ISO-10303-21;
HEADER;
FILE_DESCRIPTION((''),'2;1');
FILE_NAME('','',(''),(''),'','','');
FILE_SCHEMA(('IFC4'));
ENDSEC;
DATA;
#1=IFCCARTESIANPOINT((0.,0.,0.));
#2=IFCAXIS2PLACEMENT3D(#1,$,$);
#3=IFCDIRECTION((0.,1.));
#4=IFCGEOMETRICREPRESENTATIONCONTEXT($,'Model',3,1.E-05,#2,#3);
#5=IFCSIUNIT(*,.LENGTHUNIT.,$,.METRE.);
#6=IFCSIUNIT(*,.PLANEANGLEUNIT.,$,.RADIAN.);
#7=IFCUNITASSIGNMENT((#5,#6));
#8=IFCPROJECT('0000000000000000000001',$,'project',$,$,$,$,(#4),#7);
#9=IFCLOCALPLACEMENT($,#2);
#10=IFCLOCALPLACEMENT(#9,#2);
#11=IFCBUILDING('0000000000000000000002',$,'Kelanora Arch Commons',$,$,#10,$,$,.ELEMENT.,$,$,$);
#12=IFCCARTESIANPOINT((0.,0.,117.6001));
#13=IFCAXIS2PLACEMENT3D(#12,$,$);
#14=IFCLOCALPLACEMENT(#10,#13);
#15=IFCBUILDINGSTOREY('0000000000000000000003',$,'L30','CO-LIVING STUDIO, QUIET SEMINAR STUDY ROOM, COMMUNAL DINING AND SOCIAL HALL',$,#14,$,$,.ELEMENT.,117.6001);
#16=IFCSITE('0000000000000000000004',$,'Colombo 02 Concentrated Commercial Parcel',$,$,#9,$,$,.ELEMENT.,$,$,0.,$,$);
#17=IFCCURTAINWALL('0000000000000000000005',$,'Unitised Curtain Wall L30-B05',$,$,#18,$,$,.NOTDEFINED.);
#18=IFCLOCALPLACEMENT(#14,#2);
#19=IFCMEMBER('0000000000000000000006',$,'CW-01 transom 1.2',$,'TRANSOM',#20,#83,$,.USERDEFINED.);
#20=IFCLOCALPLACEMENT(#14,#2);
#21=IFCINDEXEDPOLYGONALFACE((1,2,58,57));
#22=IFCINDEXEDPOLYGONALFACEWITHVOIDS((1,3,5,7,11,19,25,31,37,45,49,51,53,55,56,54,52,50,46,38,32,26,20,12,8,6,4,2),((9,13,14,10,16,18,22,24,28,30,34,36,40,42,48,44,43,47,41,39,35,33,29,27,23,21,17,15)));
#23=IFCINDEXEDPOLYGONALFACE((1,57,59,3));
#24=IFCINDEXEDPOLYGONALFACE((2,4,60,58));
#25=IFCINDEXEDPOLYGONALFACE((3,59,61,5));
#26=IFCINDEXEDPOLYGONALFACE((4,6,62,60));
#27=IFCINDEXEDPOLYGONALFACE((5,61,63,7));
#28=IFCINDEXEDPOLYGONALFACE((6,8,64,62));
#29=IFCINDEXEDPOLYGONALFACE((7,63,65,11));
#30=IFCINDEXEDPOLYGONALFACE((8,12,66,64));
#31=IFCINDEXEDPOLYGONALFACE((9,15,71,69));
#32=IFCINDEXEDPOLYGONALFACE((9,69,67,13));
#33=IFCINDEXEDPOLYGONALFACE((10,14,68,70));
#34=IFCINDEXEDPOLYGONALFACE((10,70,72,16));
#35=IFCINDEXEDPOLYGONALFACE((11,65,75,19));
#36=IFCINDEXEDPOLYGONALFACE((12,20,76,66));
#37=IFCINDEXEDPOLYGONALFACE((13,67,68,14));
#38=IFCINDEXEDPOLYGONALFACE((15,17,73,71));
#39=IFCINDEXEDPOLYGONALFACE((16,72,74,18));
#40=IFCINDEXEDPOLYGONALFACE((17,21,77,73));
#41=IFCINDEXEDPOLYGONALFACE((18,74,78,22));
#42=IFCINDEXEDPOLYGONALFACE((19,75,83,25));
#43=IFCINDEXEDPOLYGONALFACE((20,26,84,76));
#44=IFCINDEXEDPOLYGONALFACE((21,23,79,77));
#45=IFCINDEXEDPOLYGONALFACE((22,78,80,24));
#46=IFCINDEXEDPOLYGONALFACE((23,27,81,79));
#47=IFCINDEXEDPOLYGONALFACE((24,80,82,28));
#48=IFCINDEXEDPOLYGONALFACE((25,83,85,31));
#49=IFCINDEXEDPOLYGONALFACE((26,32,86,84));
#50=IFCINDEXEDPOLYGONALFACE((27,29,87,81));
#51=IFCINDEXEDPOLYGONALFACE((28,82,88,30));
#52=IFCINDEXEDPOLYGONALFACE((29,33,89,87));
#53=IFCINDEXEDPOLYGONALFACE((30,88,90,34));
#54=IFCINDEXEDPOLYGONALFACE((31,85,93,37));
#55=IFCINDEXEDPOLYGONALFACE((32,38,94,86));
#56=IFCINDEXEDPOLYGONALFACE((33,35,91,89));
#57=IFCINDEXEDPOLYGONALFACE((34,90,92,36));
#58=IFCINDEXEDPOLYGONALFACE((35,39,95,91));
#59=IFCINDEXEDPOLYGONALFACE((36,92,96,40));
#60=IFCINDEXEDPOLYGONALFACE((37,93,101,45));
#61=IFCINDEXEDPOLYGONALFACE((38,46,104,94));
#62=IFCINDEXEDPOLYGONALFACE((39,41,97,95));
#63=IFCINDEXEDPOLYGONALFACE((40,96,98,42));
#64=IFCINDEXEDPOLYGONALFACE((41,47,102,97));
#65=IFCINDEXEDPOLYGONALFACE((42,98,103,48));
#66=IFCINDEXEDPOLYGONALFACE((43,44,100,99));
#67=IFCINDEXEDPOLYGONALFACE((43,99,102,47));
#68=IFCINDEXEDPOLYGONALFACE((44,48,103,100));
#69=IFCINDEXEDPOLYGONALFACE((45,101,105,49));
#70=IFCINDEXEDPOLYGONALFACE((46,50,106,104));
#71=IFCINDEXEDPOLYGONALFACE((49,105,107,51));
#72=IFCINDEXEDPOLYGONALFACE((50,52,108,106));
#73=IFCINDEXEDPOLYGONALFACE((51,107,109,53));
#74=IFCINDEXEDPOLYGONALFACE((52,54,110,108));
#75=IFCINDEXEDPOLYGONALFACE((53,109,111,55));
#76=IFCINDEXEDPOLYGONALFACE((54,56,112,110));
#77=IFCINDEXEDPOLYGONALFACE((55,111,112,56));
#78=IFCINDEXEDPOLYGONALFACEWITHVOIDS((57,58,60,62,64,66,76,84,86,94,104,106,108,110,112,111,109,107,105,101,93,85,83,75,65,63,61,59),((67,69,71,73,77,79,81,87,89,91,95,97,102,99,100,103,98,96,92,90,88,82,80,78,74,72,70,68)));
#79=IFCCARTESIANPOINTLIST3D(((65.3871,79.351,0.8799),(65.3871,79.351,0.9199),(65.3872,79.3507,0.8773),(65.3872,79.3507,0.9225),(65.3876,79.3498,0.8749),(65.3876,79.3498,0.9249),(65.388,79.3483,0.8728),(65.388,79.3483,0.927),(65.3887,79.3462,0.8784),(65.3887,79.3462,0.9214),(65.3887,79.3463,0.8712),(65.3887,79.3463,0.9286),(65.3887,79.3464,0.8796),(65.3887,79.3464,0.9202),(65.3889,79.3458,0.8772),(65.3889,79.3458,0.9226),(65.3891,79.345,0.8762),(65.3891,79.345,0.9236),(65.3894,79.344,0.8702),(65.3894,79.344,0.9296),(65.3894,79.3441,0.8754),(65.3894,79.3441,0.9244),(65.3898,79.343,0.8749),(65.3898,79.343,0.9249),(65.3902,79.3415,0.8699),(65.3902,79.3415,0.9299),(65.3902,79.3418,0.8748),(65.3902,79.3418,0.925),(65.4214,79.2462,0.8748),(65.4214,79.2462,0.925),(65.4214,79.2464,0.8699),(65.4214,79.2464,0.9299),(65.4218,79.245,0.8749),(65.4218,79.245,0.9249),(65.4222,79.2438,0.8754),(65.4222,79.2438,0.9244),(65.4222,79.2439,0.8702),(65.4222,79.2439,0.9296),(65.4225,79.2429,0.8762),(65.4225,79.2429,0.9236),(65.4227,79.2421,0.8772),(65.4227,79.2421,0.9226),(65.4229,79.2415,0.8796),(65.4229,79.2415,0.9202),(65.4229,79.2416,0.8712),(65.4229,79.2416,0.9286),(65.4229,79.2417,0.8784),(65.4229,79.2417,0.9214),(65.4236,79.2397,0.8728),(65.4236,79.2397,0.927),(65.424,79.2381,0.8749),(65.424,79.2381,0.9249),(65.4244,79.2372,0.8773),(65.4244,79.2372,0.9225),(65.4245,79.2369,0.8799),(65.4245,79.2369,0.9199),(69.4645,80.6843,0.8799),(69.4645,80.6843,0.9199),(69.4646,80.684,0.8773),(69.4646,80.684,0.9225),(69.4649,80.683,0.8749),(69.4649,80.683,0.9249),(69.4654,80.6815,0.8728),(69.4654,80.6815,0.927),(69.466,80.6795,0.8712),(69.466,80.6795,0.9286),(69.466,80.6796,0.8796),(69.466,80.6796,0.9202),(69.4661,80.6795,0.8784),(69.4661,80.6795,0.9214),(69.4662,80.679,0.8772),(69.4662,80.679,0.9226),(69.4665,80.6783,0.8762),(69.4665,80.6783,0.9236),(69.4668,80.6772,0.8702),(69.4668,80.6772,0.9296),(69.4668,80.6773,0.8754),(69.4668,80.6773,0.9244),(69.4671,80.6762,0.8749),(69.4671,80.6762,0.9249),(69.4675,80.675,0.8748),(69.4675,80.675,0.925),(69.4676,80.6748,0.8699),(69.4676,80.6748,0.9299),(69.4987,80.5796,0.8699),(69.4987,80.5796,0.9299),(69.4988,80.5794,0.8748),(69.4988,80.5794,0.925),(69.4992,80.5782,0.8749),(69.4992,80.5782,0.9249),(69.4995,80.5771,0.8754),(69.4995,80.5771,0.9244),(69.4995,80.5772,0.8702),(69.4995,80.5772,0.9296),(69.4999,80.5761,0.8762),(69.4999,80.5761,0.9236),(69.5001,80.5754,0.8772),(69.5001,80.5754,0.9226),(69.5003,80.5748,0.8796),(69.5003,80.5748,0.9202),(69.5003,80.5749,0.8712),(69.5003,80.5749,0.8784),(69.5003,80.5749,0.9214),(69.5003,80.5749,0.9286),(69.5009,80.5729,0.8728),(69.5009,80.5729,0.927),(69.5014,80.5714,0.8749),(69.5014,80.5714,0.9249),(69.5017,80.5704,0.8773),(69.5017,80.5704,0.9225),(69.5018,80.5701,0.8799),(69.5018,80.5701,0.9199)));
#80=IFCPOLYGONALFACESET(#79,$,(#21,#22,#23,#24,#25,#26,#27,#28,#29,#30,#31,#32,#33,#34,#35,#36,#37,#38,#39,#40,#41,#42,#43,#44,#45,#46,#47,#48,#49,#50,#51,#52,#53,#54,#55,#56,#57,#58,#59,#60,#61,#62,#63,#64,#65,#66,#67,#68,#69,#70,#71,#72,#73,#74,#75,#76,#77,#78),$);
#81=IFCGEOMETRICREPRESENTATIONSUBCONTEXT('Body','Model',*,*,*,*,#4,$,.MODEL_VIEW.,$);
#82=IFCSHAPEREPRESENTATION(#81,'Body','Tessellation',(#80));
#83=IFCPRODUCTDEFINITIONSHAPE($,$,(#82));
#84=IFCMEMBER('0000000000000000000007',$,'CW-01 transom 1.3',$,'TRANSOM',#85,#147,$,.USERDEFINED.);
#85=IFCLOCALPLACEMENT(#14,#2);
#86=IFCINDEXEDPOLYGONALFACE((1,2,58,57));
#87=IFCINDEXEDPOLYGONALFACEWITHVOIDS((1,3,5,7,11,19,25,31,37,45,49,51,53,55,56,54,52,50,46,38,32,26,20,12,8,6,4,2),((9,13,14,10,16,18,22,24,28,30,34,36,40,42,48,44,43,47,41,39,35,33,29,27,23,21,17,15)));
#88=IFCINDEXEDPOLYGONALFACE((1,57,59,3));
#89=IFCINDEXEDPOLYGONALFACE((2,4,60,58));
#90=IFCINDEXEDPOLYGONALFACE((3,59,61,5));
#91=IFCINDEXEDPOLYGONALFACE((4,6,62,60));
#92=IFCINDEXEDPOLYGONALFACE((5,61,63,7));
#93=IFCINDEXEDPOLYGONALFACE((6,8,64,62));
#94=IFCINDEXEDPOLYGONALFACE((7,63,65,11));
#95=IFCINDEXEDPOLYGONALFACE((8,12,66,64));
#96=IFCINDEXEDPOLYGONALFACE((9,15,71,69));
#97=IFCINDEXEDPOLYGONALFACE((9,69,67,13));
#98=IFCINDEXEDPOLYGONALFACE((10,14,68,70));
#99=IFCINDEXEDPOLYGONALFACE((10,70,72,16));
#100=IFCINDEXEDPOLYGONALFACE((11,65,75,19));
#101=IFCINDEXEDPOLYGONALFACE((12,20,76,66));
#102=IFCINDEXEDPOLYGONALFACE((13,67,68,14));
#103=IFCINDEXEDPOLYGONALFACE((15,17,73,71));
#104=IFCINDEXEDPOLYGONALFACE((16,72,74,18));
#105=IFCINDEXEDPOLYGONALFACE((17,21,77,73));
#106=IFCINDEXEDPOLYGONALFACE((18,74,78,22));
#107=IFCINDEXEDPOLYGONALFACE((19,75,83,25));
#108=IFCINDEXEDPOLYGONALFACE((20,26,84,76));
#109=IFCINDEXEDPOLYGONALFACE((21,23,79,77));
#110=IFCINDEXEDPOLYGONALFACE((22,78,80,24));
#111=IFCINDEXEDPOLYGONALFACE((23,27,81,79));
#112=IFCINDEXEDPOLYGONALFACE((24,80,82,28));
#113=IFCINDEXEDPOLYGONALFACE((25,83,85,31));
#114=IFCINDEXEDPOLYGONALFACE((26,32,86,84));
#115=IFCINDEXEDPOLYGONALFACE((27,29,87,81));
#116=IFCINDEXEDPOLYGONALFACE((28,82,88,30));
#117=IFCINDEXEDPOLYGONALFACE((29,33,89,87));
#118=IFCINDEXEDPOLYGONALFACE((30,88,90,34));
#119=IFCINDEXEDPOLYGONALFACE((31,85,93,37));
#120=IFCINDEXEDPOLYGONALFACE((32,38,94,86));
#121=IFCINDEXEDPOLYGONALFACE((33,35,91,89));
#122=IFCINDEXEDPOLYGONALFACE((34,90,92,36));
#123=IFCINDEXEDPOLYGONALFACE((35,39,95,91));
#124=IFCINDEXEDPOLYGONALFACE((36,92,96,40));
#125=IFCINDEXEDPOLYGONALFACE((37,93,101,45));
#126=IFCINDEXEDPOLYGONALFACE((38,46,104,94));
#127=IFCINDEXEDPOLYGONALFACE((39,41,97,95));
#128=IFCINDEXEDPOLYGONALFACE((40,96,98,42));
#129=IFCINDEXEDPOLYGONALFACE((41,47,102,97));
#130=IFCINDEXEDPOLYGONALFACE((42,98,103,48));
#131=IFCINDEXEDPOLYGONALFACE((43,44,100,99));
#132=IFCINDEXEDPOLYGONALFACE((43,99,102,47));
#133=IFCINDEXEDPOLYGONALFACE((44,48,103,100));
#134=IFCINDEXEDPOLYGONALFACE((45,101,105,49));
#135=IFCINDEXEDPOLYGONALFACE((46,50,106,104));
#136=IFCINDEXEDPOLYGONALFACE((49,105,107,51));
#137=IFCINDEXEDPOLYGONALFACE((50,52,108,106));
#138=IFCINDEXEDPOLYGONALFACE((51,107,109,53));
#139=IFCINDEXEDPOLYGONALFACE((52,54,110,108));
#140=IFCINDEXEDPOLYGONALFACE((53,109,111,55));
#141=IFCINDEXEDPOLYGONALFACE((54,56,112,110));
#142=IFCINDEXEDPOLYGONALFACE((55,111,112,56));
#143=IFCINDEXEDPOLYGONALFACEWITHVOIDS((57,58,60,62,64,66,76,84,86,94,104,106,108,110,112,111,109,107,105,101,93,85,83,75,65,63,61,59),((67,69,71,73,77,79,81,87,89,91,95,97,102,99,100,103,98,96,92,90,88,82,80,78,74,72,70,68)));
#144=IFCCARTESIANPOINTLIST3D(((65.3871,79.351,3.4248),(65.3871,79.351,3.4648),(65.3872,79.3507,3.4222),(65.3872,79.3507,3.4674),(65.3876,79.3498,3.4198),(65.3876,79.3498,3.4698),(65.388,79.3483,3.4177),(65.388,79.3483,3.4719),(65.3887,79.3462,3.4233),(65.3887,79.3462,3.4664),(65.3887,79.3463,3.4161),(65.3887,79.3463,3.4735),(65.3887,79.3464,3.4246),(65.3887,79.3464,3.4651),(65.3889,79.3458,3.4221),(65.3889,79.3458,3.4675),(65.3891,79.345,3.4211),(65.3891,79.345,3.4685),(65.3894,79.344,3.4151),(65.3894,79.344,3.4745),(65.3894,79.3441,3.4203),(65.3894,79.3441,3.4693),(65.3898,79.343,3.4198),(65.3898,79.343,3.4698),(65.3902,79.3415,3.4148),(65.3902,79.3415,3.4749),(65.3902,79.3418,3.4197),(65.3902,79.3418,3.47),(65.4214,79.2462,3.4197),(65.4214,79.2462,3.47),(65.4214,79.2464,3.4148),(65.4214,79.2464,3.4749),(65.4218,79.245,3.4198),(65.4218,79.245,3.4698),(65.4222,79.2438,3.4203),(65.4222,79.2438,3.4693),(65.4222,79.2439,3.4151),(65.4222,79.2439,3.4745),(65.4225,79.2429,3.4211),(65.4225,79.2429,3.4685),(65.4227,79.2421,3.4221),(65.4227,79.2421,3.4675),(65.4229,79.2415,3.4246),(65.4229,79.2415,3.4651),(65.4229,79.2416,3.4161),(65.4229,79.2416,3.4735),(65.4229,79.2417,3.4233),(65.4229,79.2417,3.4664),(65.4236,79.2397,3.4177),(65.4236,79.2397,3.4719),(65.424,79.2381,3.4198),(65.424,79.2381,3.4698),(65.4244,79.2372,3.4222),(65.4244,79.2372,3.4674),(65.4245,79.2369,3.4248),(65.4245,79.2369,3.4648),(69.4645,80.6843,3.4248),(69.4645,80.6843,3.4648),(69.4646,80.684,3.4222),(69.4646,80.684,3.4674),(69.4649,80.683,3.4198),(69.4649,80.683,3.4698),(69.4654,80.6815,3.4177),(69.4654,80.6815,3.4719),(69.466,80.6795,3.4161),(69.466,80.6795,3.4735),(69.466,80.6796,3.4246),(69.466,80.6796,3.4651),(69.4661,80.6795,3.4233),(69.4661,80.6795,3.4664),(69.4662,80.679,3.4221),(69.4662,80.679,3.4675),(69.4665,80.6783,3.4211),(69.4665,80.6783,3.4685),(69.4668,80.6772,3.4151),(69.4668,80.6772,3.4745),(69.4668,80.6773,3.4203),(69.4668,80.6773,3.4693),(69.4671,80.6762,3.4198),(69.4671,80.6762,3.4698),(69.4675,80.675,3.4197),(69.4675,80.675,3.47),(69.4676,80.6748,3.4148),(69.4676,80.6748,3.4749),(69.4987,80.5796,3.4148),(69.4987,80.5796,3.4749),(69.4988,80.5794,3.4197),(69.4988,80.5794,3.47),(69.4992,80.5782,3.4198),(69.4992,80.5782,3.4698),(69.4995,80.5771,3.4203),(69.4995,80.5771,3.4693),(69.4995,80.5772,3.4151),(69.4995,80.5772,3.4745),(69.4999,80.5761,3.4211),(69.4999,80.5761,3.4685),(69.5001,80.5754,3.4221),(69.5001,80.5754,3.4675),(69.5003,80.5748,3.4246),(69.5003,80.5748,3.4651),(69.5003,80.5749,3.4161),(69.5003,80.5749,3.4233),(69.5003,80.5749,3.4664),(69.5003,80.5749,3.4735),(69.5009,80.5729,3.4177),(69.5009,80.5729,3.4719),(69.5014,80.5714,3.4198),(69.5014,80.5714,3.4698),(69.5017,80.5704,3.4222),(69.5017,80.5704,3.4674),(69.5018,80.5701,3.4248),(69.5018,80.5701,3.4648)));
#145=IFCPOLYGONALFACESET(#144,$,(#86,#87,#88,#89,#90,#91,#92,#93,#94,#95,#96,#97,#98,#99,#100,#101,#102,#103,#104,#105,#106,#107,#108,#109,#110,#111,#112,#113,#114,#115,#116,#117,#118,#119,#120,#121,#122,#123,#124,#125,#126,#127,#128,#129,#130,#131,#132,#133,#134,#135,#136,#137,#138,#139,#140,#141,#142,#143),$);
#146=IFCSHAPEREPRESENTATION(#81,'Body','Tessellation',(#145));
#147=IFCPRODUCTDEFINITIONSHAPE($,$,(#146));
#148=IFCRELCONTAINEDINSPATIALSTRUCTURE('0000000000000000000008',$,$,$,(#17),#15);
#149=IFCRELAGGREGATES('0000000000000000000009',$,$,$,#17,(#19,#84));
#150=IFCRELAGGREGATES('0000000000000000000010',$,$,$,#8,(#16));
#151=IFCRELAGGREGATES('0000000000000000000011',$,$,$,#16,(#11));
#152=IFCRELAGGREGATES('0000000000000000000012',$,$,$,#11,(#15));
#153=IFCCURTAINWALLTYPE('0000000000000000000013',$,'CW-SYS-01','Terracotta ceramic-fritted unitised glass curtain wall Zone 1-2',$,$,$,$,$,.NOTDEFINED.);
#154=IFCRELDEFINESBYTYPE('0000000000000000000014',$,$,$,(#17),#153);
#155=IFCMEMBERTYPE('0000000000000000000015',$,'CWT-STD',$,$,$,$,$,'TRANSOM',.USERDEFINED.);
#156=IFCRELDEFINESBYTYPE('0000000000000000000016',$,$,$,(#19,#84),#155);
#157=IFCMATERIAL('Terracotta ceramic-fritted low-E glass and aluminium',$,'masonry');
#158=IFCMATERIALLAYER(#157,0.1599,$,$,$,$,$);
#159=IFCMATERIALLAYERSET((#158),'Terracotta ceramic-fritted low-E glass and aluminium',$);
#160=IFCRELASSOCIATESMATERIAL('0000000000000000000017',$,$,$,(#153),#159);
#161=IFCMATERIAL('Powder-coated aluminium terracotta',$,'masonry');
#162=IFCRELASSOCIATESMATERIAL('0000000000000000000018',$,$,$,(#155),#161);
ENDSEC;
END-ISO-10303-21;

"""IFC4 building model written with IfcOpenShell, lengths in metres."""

from ifc_helpers import new_model, si_unit, direction, frame, origin, origin_2d, place, context, subcontext, project, spatial, hollow_rectangle, extrude, material, layer, layer_set, material_profile, profile_set, type_object, element, aggregate, save


model = new_model("IFC4")

# Units and contexts
model_context = context("Model", 3, precision=1e-05, world=origin(), true_north=direction((0.0, 1.0)))
body_context = subcontext(model_context, "Body", "Model", "MODEL_VIEW")
ifc_project = project(units=[si_unit("LENGTHUNIT", "METRE"), si_unit("PLANEANGLEUNIT", "RADIAN")], contexts=[model_context])

# Site, building, storey
site_placement = place(None, origin())
site = spatial("IfcSite", under=ifc_project, at=site_placement, Name="Colombo 02 Concentrated Commercial Parcel", CompositionType="ELEMENT", RefElevation=0.0)
building_placement = place(site_placement, origin())
building = spatial("IfcBuilding", under=site, at=building_placement, Name="Kelanora Arch Commons", CompositionType="ELEMENT")
storey_placement = place(building_placement, frame((0.0, 0.0, 117.6001)))
storey = spatial("IfcBuildingStorey", under=building, at=storey_placement, Name="L30", Description="CO-LIVING STUDIO, QUIET SEMINAR STUDY ROOM, COMMUNAL DINING AND SOCIAL HALL", CompositionType="ELEMENT", Elevation=117.6001)

# Curtain wall, members
ifc_material_1 = material(Name="Terracotta ceramic-fritted low-E glass and aluminium", Category="masonry")
ifc_layer_1 = layer(ifc_material_1, 0.1599)
ifc_layer_set_1 = layer_set([ifc_layer_1], Name="Terracotta ceramic-fritted low-E glass and aluminium")
curtain_wall_type = type_object("IfcCurtainWallType", Name="CW-SYS-01", Description="Terracotta ceramic-fritted unitised glass curtain wall Zone 1-2", PredefinedType="NOTDEFINED", material=ifc_layer_set_1)
curtain_wall_placement = place(storey_placement, origin())
curtain_wall = element("IfcCurtainWall", 1, at=curtain_wall_placement, inside=storey, type_object=curtain_wall_type, Name="Unitised Curtain Wall L30-B05", PredefinedType="NOTDEFINED")
ifc_material_2 = material(Name="Powder-coated aluminium terracotta", Category="masonry")
ifc_material_profile_1 = material_profile(ifc_material_2, hollow_rectangle(XDim=0.1201, YDim=0.0601, WallThickness=0.0049, InnerFilletRadius=0.0049, OuterFilletRadius=0.01, at=origin_2d()), Name="CWT120x60")
ifc_profile_set_1 = profile_set([ifc_material_profile_1], Name="Powder-coated aluminium terracotta")
member_type_1 = type_object("IfcMemberType", Name="CWT-STD", ElementType="TRANSOM", PredefinedType="USERDEFINED", material=ifc_profile_set_1)
member_1_placement = place(storey_placement, frame((69.4832, 80.6272, 0.8999), z_axis=(-0.950478, -0.310793, 0.0), x_axis=(0.310793, -0.950478, 0.0)))
member_1 = element("IfcMember", 2, at=member_1_placement, type_object=member_type_1, Name="CW-01 transom 1.2", ObjectType="TRANSOM", PredefinedType="USERDEFINED", context=body_context, shape_type="SweptSolid", body=[
    extrude(hollow_rectangle(XDim=0.1201, YDim=0.0601, WallThickness=0.0049, InnerFilletRadius=0.0049, OuterFilletRadius=0.01, at=origin_2d()), origin(), (0.0, 0.0, 1.0), 4.2898),
])
member_2_placement = place(storey_placement, frame((69.4832, 80.6272, 3.4448), z_axis=(-0.950478, -0.310793, 0.0), x_axis=(0.310793, -0.950478, 0.0)))
member_2 = element("IfcMember", 3, at=member_2_placement, type_object=member_type_1, Name="CW-01 transom 1.3", ObjectType="TRANSOM", PredefinedType="USERDEFINED", context=body_context, shape_type="SweptSolid", body=[
    extrude(hollow_rectangle(XDim=0.1201, YDim=0.0601, WallThickness=0.0049, InnerFilletRadius=0.0049, OuterFilletRadius=0.01, at=origin_2d()), origin(), (0.0, 0.0, 1.0), 4.2898),
])
aggregate(curtain_wall, [member_1, member_2])

save(model, "model.ifc")
